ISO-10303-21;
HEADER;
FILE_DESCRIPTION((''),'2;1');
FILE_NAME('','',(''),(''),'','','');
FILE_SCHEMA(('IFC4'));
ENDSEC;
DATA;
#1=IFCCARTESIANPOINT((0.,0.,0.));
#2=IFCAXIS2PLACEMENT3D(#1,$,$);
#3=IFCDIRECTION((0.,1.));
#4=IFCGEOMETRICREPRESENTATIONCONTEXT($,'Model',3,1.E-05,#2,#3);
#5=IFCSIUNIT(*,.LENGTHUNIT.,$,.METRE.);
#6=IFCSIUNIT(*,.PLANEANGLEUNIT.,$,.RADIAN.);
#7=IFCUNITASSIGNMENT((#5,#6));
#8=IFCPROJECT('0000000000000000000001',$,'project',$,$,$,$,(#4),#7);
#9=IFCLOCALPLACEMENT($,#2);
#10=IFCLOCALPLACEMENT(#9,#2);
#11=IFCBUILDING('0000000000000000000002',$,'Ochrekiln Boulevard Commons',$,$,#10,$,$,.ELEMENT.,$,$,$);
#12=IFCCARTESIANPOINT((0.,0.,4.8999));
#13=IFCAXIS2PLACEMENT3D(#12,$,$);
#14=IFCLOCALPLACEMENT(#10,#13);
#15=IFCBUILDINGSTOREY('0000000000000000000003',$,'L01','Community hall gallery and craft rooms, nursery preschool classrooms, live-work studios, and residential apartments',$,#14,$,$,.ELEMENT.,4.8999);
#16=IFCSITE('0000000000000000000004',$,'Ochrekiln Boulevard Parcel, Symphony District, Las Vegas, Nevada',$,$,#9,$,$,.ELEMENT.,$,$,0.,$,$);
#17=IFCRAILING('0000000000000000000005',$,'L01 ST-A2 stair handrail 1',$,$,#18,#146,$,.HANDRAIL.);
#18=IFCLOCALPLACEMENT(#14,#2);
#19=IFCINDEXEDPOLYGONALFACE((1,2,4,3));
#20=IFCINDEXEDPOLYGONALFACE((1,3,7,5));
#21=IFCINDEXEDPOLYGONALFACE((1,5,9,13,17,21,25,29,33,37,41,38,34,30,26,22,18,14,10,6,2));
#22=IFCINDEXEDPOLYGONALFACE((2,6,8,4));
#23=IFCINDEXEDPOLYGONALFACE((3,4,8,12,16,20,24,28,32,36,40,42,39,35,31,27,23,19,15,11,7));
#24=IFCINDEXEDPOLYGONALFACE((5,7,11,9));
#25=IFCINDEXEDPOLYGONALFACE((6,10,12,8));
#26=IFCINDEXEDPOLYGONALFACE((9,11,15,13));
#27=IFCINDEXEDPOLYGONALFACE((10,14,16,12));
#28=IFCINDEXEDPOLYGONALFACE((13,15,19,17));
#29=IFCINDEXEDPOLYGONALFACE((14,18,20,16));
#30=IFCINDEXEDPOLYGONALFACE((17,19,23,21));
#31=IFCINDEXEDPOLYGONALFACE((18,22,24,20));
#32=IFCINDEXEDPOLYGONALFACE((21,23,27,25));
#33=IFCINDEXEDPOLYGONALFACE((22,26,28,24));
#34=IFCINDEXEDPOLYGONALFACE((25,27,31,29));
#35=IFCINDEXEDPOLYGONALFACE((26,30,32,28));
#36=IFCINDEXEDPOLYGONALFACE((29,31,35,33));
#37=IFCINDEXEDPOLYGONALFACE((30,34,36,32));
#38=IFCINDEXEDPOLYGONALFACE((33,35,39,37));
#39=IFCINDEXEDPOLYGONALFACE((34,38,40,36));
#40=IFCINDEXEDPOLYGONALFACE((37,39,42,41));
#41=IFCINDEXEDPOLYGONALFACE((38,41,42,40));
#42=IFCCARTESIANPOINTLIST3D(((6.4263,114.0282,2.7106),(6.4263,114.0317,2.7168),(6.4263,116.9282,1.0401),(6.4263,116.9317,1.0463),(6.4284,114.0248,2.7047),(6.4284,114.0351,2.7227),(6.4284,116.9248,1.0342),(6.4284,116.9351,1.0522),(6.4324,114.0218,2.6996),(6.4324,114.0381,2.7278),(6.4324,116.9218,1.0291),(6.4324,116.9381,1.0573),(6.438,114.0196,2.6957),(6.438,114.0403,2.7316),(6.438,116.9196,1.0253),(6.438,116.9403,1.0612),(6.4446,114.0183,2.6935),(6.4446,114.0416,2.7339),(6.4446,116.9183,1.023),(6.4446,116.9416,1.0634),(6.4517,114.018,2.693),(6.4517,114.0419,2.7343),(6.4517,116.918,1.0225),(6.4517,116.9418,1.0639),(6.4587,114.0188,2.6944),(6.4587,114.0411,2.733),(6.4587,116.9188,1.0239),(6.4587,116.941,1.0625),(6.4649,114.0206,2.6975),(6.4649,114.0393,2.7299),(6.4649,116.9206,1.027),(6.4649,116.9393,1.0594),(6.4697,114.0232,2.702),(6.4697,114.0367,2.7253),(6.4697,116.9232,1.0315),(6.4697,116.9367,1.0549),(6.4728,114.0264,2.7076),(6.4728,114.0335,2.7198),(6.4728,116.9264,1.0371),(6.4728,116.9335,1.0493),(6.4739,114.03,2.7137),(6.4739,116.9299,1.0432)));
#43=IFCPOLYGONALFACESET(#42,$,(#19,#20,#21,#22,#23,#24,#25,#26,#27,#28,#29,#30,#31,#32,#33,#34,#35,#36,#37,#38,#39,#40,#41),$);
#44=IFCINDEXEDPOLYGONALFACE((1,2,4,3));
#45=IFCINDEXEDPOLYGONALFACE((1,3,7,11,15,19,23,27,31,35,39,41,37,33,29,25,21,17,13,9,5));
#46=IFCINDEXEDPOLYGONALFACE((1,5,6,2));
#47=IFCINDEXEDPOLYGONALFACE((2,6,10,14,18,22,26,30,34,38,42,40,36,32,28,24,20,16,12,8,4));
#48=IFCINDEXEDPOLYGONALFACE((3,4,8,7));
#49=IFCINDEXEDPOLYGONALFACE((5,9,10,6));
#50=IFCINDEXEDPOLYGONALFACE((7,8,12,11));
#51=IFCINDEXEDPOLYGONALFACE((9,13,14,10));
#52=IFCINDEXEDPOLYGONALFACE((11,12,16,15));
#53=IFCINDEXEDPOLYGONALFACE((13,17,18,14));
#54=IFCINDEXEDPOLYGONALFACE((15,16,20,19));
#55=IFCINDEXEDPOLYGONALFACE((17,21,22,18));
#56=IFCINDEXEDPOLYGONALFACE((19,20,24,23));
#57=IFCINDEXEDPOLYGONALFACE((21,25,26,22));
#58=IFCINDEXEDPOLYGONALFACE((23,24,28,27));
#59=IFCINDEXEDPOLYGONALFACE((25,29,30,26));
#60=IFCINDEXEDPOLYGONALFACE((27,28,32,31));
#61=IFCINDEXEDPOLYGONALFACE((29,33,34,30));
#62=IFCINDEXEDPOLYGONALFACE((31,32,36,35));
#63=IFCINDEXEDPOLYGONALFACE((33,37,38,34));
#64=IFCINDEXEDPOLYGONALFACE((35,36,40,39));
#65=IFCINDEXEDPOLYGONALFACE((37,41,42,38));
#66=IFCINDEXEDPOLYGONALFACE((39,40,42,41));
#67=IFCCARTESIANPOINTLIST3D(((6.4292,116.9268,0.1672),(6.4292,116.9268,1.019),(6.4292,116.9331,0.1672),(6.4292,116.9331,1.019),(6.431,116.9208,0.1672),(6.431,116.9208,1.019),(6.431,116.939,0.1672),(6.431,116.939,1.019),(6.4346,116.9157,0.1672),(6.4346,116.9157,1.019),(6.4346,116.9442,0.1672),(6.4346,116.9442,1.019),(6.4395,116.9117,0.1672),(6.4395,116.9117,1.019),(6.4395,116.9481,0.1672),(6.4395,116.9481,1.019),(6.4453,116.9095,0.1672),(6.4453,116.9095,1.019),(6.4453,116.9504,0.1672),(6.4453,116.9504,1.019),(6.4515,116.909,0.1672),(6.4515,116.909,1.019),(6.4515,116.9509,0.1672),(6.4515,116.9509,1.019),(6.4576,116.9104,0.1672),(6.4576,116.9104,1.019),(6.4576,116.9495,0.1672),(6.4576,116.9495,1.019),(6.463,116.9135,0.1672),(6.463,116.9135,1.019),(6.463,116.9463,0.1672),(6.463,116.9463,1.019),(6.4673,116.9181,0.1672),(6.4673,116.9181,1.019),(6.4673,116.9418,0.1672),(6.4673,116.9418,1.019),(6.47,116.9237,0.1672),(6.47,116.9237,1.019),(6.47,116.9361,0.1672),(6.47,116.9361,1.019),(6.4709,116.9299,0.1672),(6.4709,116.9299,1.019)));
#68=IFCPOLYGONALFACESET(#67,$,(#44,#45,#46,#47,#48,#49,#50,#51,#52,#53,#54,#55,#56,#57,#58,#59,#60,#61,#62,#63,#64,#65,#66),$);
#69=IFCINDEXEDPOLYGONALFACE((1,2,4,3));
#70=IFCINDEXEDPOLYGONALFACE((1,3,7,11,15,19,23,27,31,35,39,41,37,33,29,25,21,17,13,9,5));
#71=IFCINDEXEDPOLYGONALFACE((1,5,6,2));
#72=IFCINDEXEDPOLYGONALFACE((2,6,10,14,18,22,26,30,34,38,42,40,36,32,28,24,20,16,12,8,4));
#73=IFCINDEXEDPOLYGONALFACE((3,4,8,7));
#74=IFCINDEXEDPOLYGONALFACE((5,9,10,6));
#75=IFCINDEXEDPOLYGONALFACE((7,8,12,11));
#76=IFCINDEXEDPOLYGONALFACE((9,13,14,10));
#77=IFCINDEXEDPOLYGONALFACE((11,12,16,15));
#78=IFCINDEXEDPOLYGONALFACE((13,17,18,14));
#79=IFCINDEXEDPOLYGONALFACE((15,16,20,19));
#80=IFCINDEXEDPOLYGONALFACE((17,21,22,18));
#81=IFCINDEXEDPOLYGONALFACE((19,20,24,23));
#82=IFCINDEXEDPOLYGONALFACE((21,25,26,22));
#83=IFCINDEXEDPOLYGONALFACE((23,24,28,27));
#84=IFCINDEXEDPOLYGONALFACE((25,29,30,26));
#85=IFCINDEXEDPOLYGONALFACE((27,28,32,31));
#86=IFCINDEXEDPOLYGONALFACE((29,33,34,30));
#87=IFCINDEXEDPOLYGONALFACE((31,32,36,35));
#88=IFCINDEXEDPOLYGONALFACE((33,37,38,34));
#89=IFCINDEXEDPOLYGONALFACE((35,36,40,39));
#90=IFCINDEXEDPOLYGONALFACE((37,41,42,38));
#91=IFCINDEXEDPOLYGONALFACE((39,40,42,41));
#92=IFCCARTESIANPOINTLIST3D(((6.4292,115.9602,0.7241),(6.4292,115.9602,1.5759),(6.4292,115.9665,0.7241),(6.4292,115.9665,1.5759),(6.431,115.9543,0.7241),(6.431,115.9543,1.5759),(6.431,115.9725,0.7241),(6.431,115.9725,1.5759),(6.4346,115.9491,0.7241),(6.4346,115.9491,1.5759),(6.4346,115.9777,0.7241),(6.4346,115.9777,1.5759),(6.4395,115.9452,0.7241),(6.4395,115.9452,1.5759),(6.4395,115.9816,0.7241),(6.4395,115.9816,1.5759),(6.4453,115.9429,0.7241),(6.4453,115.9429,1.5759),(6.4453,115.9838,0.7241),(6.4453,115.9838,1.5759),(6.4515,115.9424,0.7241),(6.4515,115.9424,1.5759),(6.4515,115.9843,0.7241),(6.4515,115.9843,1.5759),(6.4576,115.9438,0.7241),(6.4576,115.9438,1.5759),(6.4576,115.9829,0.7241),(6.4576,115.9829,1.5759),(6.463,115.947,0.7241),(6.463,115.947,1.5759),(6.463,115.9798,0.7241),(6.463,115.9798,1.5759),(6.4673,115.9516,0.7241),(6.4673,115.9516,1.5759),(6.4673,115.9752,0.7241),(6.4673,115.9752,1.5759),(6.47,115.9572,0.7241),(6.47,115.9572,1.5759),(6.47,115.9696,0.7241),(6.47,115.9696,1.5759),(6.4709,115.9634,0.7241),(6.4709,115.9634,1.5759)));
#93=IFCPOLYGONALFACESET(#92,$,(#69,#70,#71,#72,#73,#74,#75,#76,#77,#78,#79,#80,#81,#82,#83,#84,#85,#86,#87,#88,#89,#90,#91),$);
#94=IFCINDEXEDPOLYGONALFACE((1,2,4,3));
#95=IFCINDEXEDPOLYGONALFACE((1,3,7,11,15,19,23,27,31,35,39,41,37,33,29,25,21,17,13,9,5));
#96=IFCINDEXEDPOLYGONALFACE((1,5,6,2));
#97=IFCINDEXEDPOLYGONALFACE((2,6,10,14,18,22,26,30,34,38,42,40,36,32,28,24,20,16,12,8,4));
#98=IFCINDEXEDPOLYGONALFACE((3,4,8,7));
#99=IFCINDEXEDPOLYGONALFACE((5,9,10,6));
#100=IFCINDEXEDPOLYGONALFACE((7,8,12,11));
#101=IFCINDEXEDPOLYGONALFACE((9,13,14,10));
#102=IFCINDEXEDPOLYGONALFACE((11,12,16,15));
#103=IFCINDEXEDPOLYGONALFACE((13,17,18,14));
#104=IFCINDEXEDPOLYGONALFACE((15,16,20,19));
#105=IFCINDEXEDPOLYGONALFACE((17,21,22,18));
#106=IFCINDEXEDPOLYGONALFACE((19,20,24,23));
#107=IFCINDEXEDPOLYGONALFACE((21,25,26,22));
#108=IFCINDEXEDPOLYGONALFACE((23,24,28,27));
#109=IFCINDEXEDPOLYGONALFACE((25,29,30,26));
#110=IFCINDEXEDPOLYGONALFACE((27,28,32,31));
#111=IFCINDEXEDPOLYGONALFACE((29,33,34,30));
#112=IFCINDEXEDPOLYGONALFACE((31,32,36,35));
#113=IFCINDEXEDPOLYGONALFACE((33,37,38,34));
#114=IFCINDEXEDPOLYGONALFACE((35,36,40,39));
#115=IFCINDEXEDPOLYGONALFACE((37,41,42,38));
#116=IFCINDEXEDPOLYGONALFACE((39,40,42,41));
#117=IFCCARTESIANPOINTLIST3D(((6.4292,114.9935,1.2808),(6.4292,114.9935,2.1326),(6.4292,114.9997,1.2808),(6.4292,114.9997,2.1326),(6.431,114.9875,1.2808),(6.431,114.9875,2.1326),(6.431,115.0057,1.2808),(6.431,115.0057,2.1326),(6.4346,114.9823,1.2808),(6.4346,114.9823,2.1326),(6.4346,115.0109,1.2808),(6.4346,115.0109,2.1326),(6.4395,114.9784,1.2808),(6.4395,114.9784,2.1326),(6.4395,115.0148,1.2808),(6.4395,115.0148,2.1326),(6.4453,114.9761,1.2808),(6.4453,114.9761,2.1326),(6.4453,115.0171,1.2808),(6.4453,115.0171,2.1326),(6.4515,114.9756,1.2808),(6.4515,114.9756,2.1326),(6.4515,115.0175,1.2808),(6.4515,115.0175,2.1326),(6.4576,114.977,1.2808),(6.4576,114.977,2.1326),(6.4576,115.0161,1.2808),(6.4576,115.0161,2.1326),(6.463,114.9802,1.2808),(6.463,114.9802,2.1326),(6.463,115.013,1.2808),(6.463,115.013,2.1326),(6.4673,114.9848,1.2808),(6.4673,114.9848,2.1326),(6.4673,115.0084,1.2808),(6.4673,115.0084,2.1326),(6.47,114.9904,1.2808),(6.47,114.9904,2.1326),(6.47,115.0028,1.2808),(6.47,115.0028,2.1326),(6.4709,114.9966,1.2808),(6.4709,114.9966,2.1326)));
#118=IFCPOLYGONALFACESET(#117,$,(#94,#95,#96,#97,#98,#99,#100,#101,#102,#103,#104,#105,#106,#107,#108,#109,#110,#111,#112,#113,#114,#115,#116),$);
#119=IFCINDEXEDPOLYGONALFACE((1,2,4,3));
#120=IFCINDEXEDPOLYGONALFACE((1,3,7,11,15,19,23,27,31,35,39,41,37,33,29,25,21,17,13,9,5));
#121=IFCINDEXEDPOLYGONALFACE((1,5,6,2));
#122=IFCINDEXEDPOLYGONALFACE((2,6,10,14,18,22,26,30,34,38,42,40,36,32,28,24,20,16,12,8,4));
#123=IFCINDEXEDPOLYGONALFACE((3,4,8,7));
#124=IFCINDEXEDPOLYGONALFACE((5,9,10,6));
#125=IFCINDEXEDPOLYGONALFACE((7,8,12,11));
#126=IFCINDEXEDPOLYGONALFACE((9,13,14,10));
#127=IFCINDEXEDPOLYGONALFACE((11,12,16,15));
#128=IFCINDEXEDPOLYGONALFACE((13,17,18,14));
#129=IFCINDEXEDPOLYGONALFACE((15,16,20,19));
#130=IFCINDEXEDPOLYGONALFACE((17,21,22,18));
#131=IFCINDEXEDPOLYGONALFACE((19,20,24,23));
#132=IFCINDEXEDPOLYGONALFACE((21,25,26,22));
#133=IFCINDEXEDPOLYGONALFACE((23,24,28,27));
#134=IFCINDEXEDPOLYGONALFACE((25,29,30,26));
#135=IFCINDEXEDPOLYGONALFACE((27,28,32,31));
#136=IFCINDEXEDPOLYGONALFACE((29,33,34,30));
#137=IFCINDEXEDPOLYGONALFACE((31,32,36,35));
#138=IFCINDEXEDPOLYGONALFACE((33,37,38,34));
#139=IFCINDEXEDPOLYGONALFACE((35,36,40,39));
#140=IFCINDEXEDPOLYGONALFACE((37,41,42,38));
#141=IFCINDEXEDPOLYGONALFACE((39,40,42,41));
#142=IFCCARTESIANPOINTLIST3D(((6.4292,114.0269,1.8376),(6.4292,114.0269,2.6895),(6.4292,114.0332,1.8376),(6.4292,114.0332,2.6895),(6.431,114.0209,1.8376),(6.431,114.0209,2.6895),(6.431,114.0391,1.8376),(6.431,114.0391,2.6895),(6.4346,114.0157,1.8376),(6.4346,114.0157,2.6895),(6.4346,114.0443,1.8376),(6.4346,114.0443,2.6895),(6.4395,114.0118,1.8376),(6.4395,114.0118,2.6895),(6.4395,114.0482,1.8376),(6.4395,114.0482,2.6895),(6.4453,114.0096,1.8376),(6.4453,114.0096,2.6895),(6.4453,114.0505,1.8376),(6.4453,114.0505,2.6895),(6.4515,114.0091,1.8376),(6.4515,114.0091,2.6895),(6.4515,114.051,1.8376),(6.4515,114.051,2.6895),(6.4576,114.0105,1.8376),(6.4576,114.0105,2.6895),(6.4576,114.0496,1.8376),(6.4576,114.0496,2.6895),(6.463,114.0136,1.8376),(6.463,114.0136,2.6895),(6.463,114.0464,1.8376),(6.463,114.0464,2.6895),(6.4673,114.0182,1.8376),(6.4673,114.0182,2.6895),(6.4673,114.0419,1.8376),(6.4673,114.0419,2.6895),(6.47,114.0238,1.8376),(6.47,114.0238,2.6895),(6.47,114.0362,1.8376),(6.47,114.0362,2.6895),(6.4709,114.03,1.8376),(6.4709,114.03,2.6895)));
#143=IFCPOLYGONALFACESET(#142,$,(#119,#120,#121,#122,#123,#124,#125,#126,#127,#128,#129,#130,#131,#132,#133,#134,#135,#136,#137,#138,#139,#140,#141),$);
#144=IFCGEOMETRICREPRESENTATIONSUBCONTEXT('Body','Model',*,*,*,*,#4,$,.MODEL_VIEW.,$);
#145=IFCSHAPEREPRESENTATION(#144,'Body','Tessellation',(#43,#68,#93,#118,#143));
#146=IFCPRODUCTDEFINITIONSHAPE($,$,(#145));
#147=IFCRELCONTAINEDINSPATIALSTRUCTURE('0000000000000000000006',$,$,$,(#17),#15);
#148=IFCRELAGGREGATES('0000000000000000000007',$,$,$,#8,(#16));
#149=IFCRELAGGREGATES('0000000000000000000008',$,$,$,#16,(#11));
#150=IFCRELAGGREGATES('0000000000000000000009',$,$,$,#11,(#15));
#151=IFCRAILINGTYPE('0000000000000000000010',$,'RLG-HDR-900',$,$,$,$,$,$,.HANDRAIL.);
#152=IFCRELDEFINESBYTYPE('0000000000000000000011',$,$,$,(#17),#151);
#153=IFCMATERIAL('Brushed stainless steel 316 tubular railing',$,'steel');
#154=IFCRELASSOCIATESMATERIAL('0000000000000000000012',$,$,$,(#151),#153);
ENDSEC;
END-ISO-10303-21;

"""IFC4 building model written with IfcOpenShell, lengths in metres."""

from ifc_helpers import new_model, si_unit, direction, frame, origin, origin_2d, place, context, subcontext, project, spatial, circle, extrude, material, type_object, element, save


model = new_model("IFC4")

# Units and contexts
model_context = context("Model", 3, precision=1e-05, world=origin(), true_north=direction((0.0, 1.0)))
body_context = subcontext(model_context, "Body", "Model", "MODEL_VIEW")
ifc_project = project(units=[si_unit("LENGTHUNIT", "METRE"), si_unit("PLANEANGLEUNIT", "RADIAN")], contexts=[model_context])

# Site, building, storey
site_placement = place(None, origin())
site = spatial("IfcSite", under=ifc_project, at=site_placement, Name="Ochrekiln Boulevard Parcel, Symphony District, Las Vegas, Nevada", CompositionType="ELEMENT", RefElevation=0.0)
building_placement = place(site_placement, origin())
building = spatial("IfcBuilding", under=site, at=building_placement, Name="Ochrekiln Boulevard Commons", CompositionType="ELEMENT")
storey_placement = place(building_placement, frame((0.0, 0.0, 4.8999)))
storey = spatial("IfcBuildingStorey", under=building, at=storey_placement, Name="L01", Description="Community hall gallery and craft rooms, nursery preschool classrooms, live-work studios, and residential apartments", CompositionType="ELEMENT", Elevation=4.8999)

# Railing
ifc_material_1 = material(Name="Brushed stainless steel 316 tubular railing", Category="steel")
railing_type_1 = type_object("IfcRailingType", Name="RLG-HDR-900", PredefinedType="HANDRAIL", material=ifc_material_1)
railing_1_placement = place(storey_placement, frame((6.45, 116.9299, 0.1672)))
element("IfcRailing", 1, at=railing_1_placement, inside=storey, type_object=railing_type_1, Name="L01 ST-A2 stair handrail 1", PredefinedType="HANDRAIL", context=body_context, shape_type="SweptSolid", body=[
    extrude(circle(Radius=0.0239, at=origin_2d()), frame((0.0, 0.0, 0.876), z_axis=(0.0, -0.866523, 0.499137), x_axis=(1.0, 0.0, 0.0)), (0.0, 0.0, 1.0), 3.3467),
    extrude(circle(Radius=0.021, at=origin_2d()), origin(), (0.0, 0.0, 1.0), 0.8518),
    extrude(circle(Radius=0.021, at=origin_2d()), frame((0.0, -0.9666, 0.5569)), (0.0, 0.0, 1.0), 0.8518),
    extrude(circle(Radius=0.021, at=origin_2d()), frame((0.0, -1.9333, 1.1135)), (0.0, 0.0, 1.0), 0.8518),
    extrude(circle(Radius=0.021, at=origin_2d()), frame((0.0, -2.8999, 1.6704)), (0.0, 0.0, 1.0), 0.8518),
])

save(model, "model.ifc")
